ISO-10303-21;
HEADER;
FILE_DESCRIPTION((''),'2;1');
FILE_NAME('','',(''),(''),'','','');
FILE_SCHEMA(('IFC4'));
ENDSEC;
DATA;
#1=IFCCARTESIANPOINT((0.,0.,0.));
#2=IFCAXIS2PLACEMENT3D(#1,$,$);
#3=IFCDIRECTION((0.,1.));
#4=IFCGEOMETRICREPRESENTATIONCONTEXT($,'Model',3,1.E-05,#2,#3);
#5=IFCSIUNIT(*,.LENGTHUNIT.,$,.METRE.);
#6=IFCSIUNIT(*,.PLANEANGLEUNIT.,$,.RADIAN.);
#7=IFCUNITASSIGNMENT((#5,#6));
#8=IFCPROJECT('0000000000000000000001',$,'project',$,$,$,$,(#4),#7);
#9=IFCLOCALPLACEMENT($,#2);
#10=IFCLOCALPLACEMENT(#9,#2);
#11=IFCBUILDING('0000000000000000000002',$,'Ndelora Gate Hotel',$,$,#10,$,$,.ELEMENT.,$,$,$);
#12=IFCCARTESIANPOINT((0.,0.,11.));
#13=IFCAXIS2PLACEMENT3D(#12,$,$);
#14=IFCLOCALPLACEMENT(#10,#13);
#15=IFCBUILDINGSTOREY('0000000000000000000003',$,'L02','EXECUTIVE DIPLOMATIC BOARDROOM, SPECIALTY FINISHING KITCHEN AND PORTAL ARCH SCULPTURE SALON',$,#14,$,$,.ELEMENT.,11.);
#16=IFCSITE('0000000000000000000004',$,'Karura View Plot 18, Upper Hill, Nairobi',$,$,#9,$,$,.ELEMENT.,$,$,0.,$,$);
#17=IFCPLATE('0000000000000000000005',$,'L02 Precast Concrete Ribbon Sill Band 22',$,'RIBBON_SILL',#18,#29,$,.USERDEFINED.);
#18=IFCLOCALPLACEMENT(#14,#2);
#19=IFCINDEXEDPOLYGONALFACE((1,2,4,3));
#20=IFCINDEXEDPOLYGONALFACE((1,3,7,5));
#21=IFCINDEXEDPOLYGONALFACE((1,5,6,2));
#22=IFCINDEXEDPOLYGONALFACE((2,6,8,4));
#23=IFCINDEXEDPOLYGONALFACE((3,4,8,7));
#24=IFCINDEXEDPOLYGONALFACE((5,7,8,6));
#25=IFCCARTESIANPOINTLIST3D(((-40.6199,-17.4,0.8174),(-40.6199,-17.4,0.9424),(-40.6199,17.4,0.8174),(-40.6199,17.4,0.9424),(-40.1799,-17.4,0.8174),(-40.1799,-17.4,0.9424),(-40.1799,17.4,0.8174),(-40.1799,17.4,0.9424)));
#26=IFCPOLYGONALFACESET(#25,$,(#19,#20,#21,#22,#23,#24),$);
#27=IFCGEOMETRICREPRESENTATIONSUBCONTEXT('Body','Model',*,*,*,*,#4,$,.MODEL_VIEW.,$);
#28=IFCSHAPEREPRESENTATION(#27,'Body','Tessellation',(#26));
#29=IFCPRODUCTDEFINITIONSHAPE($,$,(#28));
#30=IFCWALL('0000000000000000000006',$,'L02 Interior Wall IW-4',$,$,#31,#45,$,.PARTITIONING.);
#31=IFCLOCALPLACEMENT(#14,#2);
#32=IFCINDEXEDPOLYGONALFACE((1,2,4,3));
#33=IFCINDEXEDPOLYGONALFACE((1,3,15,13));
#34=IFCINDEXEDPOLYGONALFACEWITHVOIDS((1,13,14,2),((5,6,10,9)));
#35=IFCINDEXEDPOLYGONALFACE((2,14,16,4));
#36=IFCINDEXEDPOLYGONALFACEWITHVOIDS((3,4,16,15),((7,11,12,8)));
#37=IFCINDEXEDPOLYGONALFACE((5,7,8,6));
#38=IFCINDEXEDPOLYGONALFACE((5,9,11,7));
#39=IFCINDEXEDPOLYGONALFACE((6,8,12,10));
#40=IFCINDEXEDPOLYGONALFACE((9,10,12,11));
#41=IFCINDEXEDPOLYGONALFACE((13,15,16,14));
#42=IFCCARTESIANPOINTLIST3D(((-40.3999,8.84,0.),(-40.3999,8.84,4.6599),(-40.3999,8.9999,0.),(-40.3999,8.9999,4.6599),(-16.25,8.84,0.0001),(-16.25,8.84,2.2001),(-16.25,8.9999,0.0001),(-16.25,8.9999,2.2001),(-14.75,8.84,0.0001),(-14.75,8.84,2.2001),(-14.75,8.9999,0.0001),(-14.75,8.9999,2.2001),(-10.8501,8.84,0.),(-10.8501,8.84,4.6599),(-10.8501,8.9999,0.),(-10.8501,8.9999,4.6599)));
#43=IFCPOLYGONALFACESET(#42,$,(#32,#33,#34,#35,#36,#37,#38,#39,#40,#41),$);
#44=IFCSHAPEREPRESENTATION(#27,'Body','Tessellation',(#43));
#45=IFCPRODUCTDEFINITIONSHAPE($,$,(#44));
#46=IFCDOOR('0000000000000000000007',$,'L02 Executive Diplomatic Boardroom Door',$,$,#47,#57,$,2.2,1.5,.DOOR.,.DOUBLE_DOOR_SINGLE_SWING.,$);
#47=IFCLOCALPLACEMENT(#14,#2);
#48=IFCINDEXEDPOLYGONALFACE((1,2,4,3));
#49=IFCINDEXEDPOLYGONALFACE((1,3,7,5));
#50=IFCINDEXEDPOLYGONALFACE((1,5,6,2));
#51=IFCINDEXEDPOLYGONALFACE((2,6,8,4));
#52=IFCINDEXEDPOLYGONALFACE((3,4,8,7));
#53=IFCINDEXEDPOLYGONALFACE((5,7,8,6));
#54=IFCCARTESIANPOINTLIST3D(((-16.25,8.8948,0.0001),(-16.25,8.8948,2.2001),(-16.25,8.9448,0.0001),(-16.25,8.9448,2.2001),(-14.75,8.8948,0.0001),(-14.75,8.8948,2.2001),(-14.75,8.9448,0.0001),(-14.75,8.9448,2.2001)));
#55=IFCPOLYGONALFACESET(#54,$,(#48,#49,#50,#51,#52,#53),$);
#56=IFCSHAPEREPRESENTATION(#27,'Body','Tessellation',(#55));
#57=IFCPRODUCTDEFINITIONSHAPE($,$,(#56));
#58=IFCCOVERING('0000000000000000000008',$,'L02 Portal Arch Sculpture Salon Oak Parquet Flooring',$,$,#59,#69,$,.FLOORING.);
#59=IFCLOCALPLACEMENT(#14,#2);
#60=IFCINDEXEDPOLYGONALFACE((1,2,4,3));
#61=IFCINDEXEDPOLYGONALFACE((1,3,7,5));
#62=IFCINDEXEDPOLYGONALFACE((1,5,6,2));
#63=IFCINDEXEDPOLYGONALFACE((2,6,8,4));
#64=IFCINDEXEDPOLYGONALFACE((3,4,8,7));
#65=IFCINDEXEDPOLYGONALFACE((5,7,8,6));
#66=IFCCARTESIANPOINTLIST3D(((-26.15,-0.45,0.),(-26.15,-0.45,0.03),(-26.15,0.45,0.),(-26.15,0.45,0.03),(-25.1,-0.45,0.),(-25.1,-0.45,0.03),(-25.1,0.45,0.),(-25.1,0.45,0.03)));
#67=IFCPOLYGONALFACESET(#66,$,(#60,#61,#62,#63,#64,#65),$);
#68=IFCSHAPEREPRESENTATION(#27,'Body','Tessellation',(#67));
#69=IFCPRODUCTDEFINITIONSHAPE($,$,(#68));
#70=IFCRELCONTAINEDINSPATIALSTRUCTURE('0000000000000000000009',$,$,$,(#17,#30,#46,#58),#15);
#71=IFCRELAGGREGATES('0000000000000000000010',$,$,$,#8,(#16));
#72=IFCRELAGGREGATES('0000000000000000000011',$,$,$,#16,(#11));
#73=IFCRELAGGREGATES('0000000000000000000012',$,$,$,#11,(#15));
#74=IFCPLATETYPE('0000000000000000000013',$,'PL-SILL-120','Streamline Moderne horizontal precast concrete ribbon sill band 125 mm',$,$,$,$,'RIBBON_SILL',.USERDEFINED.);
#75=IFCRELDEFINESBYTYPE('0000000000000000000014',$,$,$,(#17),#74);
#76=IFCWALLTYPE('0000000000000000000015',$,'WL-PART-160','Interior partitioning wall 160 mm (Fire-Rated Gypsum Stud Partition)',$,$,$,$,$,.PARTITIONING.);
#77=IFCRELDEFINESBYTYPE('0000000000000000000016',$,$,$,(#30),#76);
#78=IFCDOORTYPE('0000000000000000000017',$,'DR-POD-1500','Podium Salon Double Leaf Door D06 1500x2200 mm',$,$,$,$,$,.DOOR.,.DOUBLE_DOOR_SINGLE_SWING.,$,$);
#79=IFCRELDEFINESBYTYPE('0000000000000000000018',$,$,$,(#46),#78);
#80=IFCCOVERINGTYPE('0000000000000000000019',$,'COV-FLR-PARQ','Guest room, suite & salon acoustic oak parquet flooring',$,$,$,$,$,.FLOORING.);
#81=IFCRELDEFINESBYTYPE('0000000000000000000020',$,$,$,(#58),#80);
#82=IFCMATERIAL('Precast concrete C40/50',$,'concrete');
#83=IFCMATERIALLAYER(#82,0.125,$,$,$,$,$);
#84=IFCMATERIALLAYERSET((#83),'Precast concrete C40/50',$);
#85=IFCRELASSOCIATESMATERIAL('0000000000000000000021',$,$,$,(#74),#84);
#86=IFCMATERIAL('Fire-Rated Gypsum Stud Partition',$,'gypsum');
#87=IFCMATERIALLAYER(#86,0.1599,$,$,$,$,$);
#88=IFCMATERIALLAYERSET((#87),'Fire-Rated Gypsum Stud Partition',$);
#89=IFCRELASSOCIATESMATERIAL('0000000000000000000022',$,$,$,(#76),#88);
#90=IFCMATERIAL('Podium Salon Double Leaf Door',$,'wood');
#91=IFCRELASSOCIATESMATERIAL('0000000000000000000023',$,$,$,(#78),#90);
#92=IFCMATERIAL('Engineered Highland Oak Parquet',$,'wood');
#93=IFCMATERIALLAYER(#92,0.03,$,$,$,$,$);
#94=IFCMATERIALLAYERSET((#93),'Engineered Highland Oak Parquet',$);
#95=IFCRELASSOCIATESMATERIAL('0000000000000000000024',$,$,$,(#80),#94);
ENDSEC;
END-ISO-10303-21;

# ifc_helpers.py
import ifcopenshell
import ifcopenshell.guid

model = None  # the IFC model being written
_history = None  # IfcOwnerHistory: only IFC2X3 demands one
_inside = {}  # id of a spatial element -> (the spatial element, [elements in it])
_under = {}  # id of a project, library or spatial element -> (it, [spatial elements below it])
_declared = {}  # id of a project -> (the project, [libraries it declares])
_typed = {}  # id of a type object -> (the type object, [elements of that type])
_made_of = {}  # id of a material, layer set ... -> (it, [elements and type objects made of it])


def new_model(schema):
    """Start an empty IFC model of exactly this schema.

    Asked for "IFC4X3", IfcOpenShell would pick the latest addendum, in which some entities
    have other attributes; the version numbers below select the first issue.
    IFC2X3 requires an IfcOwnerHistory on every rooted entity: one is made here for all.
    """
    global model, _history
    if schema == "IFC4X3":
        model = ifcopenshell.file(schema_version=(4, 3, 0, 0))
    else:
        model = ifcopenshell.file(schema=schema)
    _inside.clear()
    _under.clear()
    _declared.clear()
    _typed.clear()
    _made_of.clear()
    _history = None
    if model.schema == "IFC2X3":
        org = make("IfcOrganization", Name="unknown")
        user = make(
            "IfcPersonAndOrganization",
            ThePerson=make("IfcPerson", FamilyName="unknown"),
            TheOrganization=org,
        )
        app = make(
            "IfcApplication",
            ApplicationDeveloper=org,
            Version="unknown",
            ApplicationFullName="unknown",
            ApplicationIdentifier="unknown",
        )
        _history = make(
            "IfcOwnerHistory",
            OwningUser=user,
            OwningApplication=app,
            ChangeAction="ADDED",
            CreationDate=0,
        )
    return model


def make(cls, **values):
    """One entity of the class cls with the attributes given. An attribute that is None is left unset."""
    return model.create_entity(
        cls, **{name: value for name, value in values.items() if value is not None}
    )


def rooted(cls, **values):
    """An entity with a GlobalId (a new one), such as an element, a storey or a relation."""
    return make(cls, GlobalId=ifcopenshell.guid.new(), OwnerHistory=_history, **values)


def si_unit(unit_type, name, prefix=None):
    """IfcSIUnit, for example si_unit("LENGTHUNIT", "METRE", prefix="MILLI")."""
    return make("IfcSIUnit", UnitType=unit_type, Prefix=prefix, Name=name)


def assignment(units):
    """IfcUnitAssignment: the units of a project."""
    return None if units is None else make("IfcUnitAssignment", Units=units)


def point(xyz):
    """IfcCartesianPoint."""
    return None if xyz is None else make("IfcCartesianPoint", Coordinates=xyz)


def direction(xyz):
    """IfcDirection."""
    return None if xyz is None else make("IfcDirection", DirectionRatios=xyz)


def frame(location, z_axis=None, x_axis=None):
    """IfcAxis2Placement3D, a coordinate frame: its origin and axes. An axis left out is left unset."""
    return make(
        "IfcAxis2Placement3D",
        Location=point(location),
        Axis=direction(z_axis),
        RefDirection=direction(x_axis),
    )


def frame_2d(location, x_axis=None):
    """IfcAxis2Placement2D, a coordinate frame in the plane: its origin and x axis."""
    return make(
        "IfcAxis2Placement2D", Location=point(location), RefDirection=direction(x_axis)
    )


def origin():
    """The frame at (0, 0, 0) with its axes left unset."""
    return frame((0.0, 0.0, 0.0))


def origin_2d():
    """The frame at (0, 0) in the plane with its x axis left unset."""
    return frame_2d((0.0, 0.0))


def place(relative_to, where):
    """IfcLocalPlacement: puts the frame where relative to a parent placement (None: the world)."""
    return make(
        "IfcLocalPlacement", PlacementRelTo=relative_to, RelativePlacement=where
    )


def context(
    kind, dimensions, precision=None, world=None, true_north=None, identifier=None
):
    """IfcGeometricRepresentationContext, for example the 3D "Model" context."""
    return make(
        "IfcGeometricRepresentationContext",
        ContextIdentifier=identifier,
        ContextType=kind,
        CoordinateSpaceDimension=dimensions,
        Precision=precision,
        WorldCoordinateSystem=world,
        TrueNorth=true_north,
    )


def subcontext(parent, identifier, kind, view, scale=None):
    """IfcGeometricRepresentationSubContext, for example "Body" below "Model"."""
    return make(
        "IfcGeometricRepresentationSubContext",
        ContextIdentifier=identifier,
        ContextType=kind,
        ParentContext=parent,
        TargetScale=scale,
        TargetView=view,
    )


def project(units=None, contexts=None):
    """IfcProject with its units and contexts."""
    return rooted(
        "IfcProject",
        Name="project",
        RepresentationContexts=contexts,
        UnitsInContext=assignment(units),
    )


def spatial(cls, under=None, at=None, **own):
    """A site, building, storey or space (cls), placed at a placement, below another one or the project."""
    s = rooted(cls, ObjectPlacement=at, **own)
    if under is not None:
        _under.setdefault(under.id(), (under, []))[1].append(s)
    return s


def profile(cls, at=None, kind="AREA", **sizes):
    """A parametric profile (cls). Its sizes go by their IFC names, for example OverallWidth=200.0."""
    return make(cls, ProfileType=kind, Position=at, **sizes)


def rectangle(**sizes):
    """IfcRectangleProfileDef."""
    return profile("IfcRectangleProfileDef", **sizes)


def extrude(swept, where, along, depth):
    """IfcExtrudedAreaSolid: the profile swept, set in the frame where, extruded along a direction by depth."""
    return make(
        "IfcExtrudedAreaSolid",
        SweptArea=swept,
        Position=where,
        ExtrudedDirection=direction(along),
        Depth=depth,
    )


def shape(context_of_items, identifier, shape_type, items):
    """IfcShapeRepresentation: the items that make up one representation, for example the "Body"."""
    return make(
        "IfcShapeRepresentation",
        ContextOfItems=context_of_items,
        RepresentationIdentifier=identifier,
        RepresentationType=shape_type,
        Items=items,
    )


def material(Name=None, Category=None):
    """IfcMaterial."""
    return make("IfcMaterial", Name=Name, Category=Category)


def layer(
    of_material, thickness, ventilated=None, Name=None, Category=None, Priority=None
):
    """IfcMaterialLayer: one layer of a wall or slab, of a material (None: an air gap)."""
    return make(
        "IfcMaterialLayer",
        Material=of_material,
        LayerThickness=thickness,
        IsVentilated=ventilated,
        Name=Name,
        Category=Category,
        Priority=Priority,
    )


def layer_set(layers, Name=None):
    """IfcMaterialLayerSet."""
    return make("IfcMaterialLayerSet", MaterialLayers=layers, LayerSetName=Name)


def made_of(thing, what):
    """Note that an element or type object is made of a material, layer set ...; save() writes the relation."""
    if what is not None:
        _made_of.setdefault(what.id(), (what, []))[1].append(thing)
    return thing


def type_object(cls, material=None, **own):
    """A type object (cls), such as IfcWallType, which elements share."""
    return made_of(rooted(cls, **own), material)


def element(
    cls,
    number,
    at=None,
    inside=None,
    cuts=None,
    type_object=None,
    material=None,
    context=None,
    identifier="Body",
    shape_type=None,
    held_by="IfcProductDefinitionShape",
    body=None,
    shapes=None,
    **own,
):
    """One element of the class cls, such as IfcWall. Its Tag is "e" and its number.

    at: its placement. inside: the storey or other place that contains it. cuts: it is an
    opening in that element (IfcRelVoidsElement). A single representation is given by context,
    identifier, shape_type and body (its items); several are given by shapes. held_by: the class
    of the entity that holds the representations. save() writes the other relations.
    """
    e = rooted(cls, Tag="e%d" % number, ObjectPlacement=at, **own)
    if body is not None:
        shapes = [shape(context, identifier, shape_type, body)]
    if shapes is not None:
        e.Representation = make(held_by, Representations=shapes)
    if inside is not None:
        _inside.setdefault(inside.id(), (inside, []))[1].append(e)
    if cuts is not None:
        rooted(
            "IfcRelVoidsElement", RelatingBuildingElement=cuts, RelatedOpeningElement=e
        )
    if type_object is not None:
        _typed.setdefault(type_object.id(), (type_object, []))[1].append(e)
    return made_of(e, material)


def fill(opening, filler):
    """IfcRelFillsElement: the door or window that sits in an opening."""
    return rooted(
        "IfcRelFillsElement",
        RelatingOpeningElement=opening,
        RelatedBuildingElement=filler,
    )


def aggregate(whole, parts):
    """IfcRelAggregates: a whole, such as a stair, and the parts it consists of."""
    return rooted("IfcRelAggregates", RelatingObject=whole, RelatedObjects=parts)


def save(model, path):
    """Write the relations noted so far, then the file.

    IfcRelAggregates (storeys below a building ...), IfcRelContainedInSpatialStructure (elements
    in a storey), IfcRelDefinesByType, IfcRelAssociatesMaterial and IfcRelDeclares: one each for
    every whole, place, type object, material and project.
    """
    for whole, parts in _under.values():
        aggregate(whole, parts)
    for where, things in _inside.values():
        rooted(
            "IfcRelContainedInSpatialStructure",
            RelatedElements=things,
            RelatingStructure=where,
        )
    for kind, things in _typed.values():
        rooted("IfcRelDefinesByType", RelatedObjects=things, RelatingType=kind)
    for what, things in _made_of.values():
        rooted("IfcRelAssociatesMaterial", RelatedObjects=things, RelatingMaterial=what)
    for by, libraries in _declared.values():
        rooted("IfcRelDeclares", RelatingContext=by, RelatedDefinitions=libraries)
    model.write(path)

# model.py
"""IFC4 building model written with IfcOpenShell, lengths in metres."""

from ifc_helpers import new_model, si_unit, direction, frame, frame_2d, origin, origin_2d, place, context, subcontext, project, spatial, rectangle, extrude, material, layer, layer_set, type_object, element, fill, save


model = new_model("IFC4")

# Units and contexts
model_context = context("Model", 3, precision=1e-05, world=origin(), true_north=direction((0.0, 1.0)))
body_context = subcontext(model_context, "Body", "Model", "MODEL_VIEW")
ifc_project = project(units=[si_unit("LENGTHUNIT", "METRE"), si_unit("PLANEANGLEUNIT", "RADIAN")], contexts=[model_context])

# Site, building, storey
site_placement = place(None, origin())
site = spatial("IfcSite", under=ifc_project, at=site_placement, Name="Karura View Plot 18, Upper Hill, Nairobi", CompositionType="ELEMENT", RefElevation=0.0)
building_placement = place(site_placement, origin())
building = spatial("IfcBuilding", under=site, at=building_placement, Name="Ndelora Gate Hotel", CompositionType="ELEMENT")
storey_placement = place(building_placement, frame((0.0, 0.0, 11.0)))
storey = spatial("IfcBuildingStorey", under=building, at=storey_placement, Name="L02", Description="EXECUTIVE DIPLOMATIC BOARDROOM, SPECIALTY FINISHING KITCHEN AND PORTAL ARCH SCULPTURE SALON", CompositionType="ELEMENT", Elevation=11.0)

# Plate
ifc_material_1 = material(Name="Precast concrete C40/50", Category="concrete")
ifc_layer_1 = layer(ifc_material_1, 0.125)
ifc_layer_set_1 = layer_set([ifc_layer_1], Name="Precast concrete C40/50")
plate_type = type_object("IfcPlateType", Name="PL-SILL-120", Description="Streamline Moderne horizontal precast concrete ribbon sill band 125 mm", ElementType="RIBBON_SILL", PredefinedType="USERDEFINED", material=ifc_layer_set_1)
plate_placement = place(storey_placement, frame((-40.3999, 0.0, 0.8174), z_axis=(0.0, 0.0, 1.0), x_axis=(0.0, 1.0, 0.0)))
element("IfcPlate", 1, at=plate_placement, inside=storey, type_object=plate_type, Name="L02 Precast Concrete Ribbon Sill Band 22", ObjectType="RIBBON_SILL", PredefinedType="USERDEFINED", context=body_context, shape_type="SweptSolid", body=[
    extrude(rectangle(XDim=34.8, YDim=0.4399, at=origin_2d()), origin(), (0.0, 0.0, 1.0), 0.125),
])

# Wall, opening, door
ifc_material_2 = material(Name="Fire-Rated Gypsum Stud Partition", Category="gypsum")
ifc_layer_2 = layer(ifc_material_2, 0.1599)
ifc_layer_set_2 = layer_set([ifc_layer_2], Name="Fire-Rated Gypsum Stud Partition")
wall_type = type_object("IfcWallType", Name="WL-PART-160", Description="Interior partitioning wall 160 mm (Fire-Rated Gypsum Stud Partition)", PredefinedType="PARTITIONING", material=ifc_layer_set_2)
wall_placement = place(storey_placement, frame((-40.3999, 8.9199, 0.0), z_axis=(0.0, 0.0, 1.0), x_axis=(1.0, 0.0, 0.0)))
wall = element("IfcWall", 2, at=wall_placement, inside=storey, type_object=wall_type, Name="L02 Interior Wall IW-4", PredefinedType="PARTITIONING", context=body_context, shape_type="SweptSolid", body=[
    extrude(rectangle(XDim=29.5498, YDim=0.1599, at=frame_2d((14.7749, 0.0))), origin(), (0.0, 0.0, 1.0), 4.6599),
])
opening_placement = place(wall_placement, frame((24.1499, 0.0, 0.0)))
opening = element("IfcOpeningElement", 3, at=opening_placement, cuts=wall, PredefinedType="OPENING", context=body_context, shape_type="SweptSolid", body=[
    extrude(rectangle(XDim=1.5, YDim=2.2, at=frame_2d((0.75, 1.1001))), frame((0.0, 0.0898, 0.0), z_axis=(0.0, -1.0, 0.0), x_axis=(1.0, 0.0, 0.0)), (0.0, 0.0, 1.0), 0.1799),
])
ifc_material_3 = material(Name="Podium Salon Double Leaf Door", Category="wood")
door_type = type_object("IfcDoorType", Name="DR-POD-1500", Description="Podium Salon Double Leaf Door D06 1500x2200 mm", OperationType="DOUBLE_DOOR_SINGLE_SWING", PredefinedType="DOOR", material=ifc_material_3)
door_placement = place(opening_placement, origin())
door = element("IfcDoor", 4, at=door_placement, inside=storey, type_object=door_type, Name="L02 Executive Diplomatic Boardroom Door", OperationType="DOUBLE_DOOR_SINGLE_SWING", OverallHeight=2.2, OverallWidth=1.5, PredefinedType="DOOR", context=body_context, shape_type="SweptSolid", body=[
    extrude(rectangle(XDim=1.5, YDim=2.2, at=frame_2d((0.75, 1.1001))), frame((0.0, 0.0249, 0.0), z_axis=(0.0, -1.0, 0.0), x_axis=(1.0, 0.0, 0.0)), (0.0, 0.0, 1.0), 0.05),
])
fill(opening, door)

# Covering
ifc_material_4 = material(Name="Engineered Highland Oak Parquet", Category="wood")
ifc_layer_3 = layer(ifc_material_4, 0.03)
ifc_layer_set_3 = layer_set([ifc_layer_3], Name="Engineered Highland Oak Parquet")
covering_type = type_object("IfcCoveringType", Name="COV-FLR-PARQ", Description="Guest room, suite & salon acoustic oak parquet flooring", PredefinedType="FLOORING", material=ifc_layer_set_3)
covering_placement = place(storey_placement, frame((-25.625, 0.0, 0.0), z_axis=(0.0, 0.0, 1.0), x_axis=(1.0, 0.0, 0.0)))
element("IfcCovering", 5, at=covering_placement, inside=storey, type_object=covering_type, Name="L02 Portal Arch Sculpture Salon Oak Parquet Flooring", PredefinedType="FLOORING", context=body_context, shape_type="SweptSolid", body=[
    extrude(rectangle(XDim=1.05, YDim=0.8999, at=origin_2d()), origin(), (0.0, 0.0, 1.0), 0.03),
])

save(model, "model.ifc")
